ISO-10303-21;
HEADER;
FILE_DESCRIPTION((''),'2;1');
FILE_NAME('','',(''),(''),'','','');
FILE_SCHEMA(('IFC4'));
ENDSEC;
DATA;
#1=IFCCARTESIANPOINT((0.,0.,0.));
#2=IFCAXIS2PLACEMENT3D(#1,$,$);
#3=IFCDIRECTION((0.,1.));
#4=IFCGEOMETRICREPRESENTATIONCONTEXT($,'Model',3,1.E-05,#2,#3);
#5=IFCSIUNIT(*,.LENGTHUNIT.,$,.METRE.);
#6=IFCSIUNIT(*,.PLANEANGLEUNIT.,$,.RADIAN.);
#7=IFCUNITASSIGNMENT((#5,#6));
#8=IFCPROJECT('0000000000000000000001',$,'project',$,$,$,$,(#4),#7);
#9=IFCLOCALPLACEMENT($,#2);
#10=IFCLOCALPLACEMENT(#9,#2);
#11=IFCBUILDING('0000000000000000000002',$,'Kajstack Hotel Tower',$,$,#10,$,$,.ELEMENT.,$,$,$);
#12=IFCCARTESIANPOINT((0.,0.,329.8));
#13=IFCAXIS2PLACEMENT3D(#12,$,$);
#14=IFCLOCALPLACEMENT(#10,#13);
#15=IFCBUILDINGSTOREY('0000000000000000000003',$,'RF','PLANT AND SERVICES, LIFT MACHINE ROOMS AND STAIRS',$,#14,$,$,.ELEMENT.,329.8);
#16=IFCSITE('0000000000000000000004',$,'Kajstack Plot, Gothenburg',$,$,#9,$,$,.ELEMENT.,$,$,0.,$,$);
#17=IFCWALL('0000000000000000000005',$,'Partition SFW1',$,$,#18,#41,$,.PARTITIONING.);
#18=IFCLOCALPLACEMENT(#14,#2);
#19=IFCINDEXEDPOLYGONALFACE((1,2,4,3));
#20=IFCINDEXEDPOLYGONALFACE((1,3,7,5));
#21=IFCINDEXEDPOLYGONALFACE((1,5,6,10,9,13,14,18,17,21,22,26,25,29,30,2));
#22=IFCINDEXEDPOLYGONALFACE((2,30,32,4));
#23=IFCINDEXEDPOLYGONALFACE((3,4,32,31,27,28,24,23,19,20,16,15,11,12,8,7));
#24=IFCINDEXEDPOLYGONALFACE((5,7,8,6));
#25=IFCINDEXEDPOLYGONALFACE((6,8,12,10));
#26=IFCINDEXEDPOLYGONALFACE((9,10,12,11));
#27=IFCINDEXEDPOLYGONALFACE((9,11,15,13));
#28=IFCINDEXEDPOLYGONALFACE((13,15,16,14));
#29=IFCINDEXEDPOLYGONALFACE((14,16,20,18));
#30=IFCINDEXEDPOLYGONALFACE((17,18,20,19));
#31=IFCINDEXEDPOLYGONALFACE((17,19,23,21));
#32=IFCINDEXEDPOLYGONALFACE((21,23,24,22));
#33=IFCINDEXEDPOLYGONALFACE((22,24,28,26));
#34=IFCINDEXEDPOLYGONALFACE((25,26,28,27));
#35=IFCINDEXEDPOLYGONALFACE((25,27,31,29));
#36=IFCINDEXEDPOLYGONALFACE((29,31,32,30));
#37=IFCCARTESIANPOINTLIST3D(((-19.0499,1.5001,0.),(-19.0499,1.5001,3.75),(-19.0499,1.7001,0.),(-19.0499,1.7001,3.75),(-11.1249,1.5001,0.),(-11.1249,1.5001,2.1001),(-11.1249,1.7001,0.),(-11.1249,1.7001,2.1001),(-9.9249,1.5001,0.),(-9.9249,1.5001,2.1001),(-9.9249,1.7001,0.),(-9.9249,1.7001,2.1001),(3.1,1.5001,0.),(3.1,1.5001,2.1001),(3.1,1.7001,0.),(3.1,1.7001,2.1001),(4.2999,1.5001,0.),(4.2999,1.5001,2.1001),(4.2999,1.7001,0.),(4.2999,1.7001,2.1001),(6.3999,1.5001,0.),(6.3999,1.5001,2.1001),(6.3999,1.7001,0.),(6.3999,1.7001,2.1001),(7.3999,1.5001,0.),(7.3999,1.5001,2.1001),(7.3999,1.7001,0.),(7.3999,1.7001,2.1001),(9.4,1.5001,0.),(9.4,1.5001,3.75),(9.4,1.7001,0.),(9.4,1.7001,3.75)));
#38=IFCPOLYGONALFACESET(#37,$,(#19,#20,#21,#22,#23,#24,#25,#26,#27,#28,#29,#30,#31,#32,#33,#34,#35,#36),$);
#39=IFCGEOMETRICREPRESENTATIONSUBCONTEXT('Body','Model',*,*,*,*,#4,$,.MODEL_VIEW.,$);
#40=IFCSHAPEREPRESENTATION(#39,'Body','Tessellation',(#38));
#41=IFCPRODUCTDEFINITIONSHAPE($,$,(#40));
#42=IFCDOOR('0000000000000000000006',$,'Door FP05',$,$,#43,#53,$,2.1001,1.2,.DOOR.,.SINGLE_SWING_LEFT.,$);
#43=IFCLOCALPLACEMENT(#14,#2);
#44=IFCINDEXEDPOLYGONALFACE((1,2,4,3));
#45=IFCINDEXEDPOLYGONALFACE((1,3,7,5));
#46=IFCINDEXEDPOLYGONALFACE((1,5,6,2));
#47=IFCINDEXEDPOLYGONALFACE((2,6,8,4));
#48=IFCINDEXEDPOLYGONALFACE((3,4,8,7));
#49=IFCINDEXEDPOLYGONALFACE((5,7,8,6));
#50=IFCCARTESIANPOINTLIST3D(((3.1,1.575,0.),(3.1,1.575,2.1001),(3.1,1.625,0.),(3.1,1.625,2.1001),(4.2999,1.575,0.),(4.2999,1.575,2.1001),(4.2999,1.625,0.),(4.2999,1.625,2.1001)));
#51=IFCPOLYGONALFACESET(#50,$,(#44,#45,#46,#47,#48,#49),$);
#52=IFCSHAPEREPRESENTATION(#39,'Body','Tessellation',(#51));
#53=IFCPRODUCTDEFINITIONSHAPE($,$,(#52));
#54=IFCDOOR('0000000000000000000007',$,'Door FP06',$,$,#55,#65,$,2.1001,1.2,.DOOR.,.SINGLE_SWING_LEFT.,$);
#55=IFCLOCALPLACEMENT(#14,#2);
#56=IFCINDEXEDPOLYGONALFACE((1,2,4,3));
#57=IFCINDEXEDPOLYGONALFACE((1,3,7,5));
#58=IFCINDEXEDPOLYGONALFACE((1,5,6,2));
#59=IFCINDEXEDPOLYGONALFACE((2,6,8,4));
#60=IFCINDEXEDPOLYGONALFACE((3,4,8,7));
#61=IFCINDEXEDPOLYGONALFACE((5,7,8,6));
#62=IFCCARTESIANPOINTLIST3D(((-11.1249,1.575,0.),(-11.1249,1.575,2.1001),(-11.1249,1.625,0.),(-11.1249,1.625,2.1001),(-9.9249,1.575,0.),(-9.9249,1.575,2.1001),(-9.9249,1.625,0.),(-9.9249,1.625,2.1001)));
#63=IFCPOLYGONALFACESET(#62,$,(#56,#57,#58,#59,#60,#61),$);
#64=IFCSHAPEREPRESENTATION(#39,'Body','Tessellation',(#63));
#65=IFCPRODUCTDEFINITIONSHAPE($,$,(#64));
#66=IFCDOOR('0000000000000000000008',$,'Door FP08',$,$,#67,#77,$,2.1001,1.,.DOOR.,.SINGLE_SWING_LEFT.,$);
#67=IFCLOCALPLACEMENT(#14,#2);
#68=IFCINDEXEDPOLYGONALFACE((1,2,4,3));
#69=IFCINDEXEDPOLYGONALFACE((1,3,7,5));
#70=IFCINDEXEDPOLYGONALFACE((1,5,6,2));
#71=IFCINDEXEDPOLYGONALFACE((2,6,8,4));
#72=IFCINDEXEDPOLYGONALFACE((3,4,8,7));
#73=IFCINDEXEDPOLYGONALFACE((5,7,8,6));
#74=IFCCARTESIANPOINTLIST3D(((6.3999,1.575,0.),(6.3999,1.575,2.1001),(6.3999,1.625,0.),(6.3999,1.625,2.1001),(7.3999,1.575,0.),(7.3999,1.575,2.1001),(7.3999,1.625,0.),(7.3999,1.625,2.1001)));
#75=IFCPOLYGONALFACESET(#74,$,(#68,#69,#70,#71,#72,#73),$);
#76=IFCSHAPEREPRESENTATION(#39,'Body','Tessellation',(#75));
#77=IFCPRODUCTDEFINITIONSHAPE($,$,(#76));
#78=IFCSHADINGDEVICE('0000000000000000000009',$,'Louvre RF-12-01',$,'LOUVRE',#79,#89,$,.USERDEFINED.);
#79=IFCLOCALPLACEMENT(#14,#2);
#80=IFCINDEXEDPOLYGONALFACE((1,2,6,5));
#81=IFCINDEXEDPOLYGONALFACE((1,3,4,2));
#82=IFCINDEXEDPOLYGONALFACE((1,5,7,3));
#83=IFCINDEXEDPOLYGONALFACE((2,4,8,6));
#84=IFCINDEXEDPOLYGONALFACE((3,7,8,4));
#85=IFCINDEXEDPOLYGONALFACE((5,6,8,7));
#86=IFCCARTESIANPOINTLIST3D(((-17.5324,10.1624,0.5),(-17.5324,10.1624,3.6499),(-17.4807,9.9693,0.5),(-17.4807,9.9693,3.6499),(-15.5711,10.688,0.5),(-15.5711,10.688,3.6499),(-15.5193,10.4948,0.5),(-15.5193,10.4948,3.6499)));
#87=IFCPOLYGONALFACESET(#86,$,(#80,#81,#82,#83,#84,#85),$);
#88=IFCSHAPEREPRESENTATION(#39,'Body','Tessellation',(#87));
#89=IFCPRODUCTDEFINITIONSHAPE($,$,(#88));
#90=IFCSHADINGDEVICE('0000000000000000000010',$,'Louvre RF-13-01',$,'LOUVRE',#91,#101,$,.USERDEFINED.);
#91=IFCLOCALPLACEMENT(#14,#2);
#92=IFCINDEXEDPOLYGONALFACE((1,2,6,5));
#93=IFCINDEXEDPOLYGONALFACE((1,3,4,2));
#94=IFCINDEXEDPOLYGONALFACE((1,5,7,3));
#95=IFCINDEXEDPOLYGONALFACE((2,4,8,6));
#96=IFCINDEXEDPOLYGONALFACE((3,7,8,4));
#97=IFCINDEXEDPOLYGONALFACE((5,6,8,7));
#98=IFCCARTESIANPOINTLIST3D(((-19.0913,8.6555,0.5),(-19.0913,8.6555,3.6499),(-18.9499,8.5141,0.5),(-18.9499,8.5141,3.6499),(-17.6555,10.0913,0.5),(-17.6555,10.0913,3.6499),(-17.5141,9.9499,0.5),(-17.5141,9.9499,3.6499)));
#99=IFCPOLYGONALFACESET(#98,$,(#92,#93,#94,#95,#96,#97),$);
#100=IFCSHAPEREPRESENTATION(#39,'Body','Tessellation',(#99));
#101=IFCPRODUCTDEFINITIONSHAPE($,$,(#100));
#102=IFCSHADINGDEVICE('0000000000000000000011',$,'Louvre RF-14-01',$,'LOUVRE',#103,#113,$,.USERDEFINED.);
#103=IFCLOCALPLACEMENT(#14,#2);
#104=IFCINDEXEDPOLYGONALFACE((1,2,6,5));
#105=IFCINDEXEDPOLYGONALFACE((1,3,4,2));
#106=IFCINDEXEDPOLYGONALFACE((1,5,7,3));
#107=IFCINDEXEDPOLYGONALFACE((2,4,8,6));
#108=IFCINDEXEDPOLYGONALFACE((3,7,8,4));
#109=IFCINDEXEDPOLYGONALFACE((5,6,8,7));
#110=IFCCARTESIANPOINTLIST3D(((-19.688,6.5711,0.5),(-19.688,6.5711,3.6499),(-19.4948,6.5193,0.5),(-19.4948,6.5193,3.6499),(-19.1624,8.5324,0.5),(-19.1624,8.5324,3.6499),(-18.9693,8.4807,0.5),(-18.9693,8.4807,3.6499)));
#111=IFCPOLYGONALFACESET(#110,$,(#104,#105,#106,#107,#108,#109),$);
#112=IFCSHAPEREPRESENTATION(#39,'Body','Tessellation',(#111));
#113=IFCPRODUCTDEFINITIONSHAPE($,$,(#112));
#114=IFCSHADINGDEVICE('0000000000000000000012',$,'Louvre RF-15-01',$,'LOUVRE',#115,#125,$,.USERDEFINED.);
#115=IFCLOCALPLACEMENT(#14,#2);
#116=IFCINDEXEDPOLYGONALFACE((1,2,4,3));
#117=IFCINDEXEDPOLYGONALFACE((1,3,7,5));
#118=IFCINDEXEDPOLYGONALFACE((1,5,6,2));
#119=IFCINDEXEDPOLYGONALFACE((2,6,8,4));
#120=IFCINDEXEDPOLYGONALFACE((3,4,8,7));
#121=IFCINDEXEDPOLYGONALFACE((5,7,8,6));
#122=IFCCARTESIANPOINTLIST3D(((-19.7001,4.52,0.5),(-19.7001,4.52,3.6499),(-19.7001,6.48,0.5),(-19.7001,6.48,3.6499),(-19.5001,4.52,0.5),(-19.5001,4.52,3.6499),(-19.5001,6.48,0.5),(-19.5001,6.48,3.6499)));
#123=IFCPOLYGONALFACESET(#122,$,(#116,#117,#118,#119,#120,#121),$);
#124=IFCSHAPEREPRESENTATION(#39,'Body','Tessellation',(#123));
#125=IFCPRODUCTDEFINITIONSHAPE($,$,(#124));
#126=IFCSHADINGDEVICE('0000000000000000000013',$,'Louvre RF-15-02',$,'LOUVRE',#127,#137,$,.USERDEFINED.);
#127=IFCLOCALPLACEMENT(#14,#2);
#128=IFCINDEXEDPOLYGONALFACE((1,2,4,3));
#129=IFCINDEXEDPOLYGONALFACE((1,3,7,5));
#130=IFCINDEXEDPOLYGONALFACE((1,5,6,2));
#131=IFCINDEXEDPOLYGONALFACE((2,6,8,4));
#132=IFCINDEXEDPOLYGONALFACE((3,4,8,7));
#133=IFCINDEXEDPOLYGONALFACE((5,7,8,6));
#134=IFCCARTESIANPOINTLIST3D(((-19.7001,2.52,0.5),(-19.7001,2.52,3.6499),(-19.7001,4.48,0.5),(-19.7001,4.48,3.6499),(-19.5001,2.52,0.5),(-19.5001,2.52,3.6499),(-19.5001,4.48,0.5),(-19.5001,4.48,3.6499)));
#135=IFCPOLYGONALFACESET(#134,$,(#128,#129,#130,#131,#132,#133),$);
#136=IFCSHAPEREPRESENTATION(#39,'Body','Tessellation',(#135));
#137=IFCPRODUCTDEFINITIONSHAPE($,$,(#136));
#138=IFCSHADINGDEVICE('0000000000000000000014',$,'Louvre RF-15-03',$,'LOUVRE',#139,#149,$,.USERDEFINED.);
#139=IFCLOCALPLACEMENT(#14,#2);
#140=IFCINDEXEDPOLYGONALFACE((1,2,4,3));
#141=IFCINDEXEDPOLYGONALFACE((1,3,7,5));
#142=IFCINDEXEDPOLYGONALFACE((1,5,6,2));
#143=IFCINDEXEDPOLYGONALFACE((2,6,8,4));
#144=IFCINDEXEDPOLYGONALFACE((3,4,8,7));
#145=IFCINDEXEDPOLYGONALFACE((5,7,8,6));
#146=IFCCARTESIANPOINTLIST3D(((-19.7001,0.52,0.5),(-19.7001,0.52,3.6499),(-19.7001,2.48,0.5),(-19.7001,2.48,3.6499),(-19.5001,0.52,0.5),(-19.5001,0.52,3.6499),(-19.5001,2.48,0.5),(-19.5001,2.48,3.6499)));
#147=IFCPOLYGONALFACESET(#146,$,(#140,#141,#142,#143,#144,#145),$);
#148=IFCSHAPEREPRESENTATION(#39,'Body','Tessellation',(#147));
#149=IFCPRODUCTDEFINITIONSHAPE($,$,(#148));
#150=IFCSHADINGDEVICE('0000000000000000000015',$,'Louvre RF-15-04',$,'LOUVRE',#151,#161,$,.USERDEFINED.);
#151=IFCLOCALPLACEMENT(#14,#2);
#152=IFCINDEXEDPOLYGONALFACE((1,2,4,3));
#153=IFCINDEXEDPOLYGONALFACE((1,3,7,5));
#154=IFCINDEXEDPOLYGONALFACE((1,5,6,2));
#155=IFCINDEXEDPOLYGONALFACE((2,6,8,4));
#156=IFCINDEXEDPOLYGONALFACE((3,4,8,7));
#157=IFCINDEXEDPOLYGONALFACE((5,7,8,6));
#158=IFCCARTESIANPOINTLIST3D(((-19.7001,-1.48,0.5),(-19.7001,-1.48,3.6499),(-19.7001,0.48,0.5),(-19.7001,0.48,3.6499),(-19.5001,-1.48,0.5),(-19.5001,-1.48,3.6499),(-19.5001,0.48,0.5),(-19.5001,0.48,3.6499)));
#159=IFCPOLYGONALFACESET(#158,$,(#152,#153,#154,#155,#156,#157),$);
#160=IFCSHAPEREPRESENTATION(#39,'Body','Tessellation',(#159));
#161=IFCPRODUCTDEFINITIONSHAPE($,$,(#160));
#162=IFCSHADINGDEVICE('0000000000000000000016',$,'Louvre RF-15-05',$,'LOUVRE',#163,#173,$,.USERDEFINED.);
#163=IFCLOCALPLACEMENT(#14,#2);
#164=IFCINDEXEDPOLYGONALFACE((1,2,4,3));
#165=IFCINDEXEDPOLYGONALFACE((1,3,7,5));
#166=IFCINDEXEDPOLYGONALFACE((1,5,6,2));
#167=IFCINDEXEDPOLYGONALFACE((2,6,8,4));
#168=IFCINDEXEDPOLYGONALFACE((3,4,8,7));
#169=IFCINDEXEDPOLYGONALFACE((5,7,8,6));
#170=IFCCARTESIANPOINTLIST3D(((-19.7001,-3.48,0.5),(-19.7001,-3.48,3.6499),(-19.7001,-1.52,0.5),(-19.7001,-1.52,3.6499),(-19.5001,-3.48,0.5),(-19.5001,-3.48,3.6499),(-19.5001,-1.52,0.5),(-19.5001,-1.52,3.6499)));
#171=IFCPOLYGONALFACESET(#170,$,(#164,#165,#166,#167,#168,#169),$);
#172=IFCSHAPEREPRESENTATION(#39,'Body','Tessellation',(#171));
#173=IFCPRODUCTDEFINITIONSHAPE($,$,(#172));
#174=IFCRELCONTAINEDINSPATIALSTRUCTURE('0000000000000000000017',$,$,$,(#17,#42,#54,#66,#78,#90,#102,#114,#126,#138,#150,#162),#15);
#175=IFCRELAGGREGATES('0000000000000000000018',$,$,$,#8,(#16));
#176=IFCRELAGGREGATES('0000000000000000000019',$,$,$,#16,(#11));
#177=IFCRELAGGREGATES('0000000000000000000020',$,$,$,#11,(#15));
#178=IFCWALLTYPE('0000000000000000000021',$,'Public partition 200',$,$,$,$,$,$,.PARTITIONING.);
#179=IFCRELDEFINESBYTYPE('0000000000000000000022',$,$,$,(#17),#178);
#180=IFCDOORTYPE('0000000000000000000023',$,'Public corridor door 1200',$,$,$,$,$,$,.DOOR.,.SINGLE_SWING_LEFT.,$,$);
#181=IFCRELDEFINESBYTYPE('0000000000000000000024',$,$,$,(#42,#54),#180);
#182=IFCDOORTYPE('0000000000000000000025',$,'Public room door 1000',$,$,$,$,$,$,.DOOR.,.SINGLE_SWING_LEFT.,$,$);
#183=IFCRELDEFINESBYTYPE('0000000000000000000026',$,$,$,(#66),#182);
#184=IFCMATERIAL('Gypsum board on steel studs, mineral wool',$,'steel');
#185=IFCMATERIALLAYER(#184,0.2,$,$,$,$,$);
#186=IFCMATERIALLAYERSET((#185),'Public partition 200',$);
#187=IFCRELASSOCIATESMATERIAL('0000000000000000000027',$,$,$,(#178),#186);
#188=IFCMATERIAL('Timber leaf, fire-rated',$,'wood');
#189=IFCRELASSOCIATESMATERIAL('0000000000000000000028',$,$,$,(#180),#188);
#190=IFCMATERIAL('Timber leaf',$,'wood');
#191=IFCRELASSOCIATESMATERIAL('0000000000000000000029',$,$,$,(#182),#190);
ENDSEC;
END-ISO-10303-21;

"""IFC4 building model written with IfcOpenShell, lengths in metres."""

from ifc_helpers import new_model, si_unit, direction, frame, frame_2d, origin, origin_2d, place, context, subcontext, project, spatial, rectangle, extrude, material, layer, layer_set, type_object, element, fill, save


model = new_model("IFC4")

# Units and contexts
model_context = context("Model", 3, precision=1e-05, world=origin(), true_north=direction((0.0, 1.0)))
body_context = subcontext(model_context, "Body", "Model", "MODEL_VIEW")
ifc_project = project(units=[si_unit("LENGTHUNIT", "METRE"), si_unit("PLANEANGLEUNIT", "RADIAN")], contexts=[model_context])

# Site, building, storey
site_placement = place(None, origin())
site = spatial("IfcSite", under=ifc_project, at=site_placement, Name="Kajstack Plot, Gothenburg", CompositionType="ELEMENT", RefElevation=0.0)
building_placement = place(site_placement, origin())
building = spatial("IfcBuilding", under=site, at=building_placement, Name="Kajstack Hotel Tower", CompositionType="ELEMENT")
storey_placement = place(building_placement, frame((0.0, 0.0, 329.8)))
storey = spatial("IfcBuildingStorey", under=building, at=storey_placement, Name="RF", Description="PLANT AND SERVICES, LIFT MACHINE ROOMS AND STAIRS", CompositionType="ELEMENT", Elevation=329.8)

# Shared definitions
ifc_material_1 = material(Name="Gypsum board on steel studs, mineral wool", Category="steel")
ifc_layer_1 = layer(ifc_material_1, 0.2)
ifc_layer_set_1 = layer_set([ifc_layer_1], Name="Public partition 200")
wall_type_1 = type_object("IfcWallType", Name="Public partition 200", PredefinedType="PARTITIONING", material=ifc_layer_set_1)
ifc_material_2 = material(Name="Timber leaf, fire-rated", Category="wood")
door_type_1 = type_object("IfcDoorType", Name="Public corridor door 1200", OperationType="SINGLE_SWING_LEFT", PredefinedType="DOOR", material=ifc_material_2)

# Wall, openings, doors
wall_1_placement = place(storey_placement, frame((-19.05, 1.6001, 0.0), z_axis=(0.0, 0.0, 1.0), x_axis=(1.0, 0.0, 0.0)))
wall_1 = element("IfcWall", 1, at=wall_1_placement, inside=storey, type_object=wall_type_1, Name="Partition SFW1", PredefinedType="PARTITIONING", context=body_context, shape_type="SweptSolid", body=[
    extrude(rectangle(XDim=28.45, YDim=0.2, at=frame_2d((14.2251, 0.0))), origin(), (0.0, 0.0, 1.0), 3.75),
])
opening_1_placement = place(wall_1_placement, frame((22.1499, 0.0, 0.0)))
opening_1 = element("IfcOpeningElement", 2, at=opening_1_placement, cuts=wall_1, PredefinedType="OPENING", context=body_context, shape_type="SweptSolid", body=[
    extrude(rectangle(XDim=1.2, YDim=2.1001, at=frame_2d((0.6001, 1.05))), frame((0.0, 0.1099, 0.0), z_axis=(0.0, -1.0, 0.0), x_axis=(1.0, 0.0, 0.0)), (0.0, 0.0, 1.0), 0.22),
])
opening_2_placement = place(wall_1_placement, frame((7.925, 0.0, 0.0)))
opening_2 = element("IfcOpeningElement", 3, at=opening_2_placement, cuts=wall_1, PredefinedType="OPENING", context=body_context, shape_type="SweptSolid", body=[
    extrude(rectangle(XDim=1.2, YDim=2.1001, at=frame_2d((0.6001, 1.05))), frame((0.0, 0.1099, 0.0), z_axis=(0.0, -1.0, 0.0), x_axis=(1.0, 0.0, 0.0)), (0.0, 0.0, 1.0), 0.22),
])
opening_3_placement = place(wall_1_placement, frame((25.45, 0.0, 0.0)))
opening_3 = element("IfcOpeningElement", 4, at=opening_3_placement, cuts=wall_1, PredefinedType="OPENING", context=body_context, shape_type="SweptSolid", body=[
    extrude(rectangle(XDim=1.0, YDim=2.1001, at=frame_2d((0.5, 1.05))), frame((0.0, 0.1099, 0.0), z_axis=(0.0, -1.0, 0.0), x_axis=(1.0, 0.0, 0.0)), (0.0, 0.0, 1.0), 0.22),
])
door_1_placement = place(opening_1_placement, origin())
door_1 = element("IfcDoor", 5, at=door_1_placement, inside=storey, type_object=door_type_1, Name="Door FP05", OperationType="SINGLE_SWING_LEFT", OverallHeight=2.1001, OverallWidth=1.2, PredefinedType="DOOR", context=body_context, shape_type="SweptSolid", body=[
    extrude(rectangle(XDim=1.2, YDim=2.1001, at=frame_2d((0.6001, 1.05))), frame((0.0, 0.0249, 0.0), z_axis=(0.0, -1.0, 0.0), x_axis=(1.0, 0.0, 0.0)), (0.0, 0.0, 1.0), 0.05),
])
fill(opening_1, door_1)
door_2_placement = place(opening_2_placement, origin())
door_2 = element("IfcDoor", 6, at=door_2_placement, inside=storey, type_object=door_type_1, Name="Door FP06", OperationType="SINGLE_SWING_LEFT", OverallHeight=2.1001, OverallWidth=1.2, PredefinedType="DOOR", context=body_context, shape_type="SweptSolid", body=[
    extrude(rectangle(XDim=1.2, YDim=2.1001, at=frame_2d((0.6001, 1.05))), frame((0.0, 0.0249, 0.0), z_axis=(0.0, -1.0, 0.0), x_axis=(1.0, 0.0, 0.0)), (0.0, 0.0, 1.0), 0.05),
])
fill(opening_2, door_2)
ifc_material_3 = material(Name="Timber leaf", Category="wood")
door_type_2 = type_object("IfcDoorType", Name="Public room door 1000", OperationType="SINGLE_SWING_LEFT", PredefinedType="DOOR", material=ifc_material_3)
door_3_placement = place(opening_3_placement, origin())
door_3 = element("IfcDoor", 7, at=door_3_placement, inside=storey, type_object=door_type_2, Name="Door FP08", OperationType="SINGLE_SWING_LEFT", OverallHeight=2.1001, OverallWidth=1.0, PredefinedType="DOOR", context=body_context, shape_type="SweptSolid", body=[
    extrude(rectangle(XDim=1.0, YDim=2.1001, at=frame_2d((0.5, 1.05))), frame((0.0, 0.0249, 0.0), z_axis=(0.0, -1.0, 0.0), x_axis=(1.0, 0.0, 0.0)), (0.0, 0.0, 1.0), 0.05),
])
fill(opening_3, door_3)

# Shading devices
for number, where, z_axis, x_axis, name in (
    (8, (-16.5259, 10.3286, 0.5), (0.0, 0.0, 1.0), (-0.965926, -0.25882, 0.0), "Louvre RF-12-01"),
    (9, (-18.3027, 9.3027, 0.5), (0.0, 0.0, 1.0), (-0.707107, -0.707107, 0.0), "Louvre RF-13-01"),
    (10, (-19.3286, 7.5259, 0.5), (0.0, 0.0, 1.0), (-0.25882, -0.965926, 0.0), "Louvre RF-14-01"),
):
    element("IfcShadingDevice", number, at=place(storey_placement, frame(where, z_axis=z_axis, x_axis=x_axis)), inside=storey, Name=name, ObjectType="LOUVRE", PredefinedType="USERDEFINED", context=body_context, shape_type="SweptSolid", body=[
        extrude(rectangle(XDim=2.0305, YDim=0.2, at=origin_2d()), origin(), (0.0, 0.0, 1.0), 3.1499),
    ])
for number, where, z_axis, x_axis, name in (
    (11, (-19.6001, 5.5, 0.5), (0.0, 0.0, 1.0), (0.0, -1.0, 0.0), "Louvre RF-15-01"),
    (12, (-19.6001, 3.5, 0.5), (0.0, 0.0, 1.0), (0.0, -1.0, 0.0), "Louvre RF-15-02"),
    (13, (-19.6001, 1.5, 0.5), (0.0, 0.0, 1.0), (0.0, -1.0, 0.0), "Louvre RF-15-03"),
    (14, (-19.6001, -0.5, 0.5), (0.0, 0.0, 1.0), (0.0, -1.0, 0.0), "Louvre RF-15-04"),
    (15, (-19.6001, -2.5, 0.5), (0.0, 0.0, 1.0), (0.0, -1.0, 0.0), "Louvre RF-15-05"),
):
    element("IfcShadingDevice", number, at=place(storey_placement, frame(where, z_axis=z_axis, x_axis=x_axis)), inside=storey, Name=name, ObjectType="LOUVRE", PredefinedType="USERDEFINED", context=body_context, shape_type="SweptSolid", body=[
        extrude(rectangle(XDim=1.96, YDim=0.2, at=origin_2d()), origin(), (0.0, 0.0, 1.0), 3.1499),
    ])

save(model, "model.ifc")
